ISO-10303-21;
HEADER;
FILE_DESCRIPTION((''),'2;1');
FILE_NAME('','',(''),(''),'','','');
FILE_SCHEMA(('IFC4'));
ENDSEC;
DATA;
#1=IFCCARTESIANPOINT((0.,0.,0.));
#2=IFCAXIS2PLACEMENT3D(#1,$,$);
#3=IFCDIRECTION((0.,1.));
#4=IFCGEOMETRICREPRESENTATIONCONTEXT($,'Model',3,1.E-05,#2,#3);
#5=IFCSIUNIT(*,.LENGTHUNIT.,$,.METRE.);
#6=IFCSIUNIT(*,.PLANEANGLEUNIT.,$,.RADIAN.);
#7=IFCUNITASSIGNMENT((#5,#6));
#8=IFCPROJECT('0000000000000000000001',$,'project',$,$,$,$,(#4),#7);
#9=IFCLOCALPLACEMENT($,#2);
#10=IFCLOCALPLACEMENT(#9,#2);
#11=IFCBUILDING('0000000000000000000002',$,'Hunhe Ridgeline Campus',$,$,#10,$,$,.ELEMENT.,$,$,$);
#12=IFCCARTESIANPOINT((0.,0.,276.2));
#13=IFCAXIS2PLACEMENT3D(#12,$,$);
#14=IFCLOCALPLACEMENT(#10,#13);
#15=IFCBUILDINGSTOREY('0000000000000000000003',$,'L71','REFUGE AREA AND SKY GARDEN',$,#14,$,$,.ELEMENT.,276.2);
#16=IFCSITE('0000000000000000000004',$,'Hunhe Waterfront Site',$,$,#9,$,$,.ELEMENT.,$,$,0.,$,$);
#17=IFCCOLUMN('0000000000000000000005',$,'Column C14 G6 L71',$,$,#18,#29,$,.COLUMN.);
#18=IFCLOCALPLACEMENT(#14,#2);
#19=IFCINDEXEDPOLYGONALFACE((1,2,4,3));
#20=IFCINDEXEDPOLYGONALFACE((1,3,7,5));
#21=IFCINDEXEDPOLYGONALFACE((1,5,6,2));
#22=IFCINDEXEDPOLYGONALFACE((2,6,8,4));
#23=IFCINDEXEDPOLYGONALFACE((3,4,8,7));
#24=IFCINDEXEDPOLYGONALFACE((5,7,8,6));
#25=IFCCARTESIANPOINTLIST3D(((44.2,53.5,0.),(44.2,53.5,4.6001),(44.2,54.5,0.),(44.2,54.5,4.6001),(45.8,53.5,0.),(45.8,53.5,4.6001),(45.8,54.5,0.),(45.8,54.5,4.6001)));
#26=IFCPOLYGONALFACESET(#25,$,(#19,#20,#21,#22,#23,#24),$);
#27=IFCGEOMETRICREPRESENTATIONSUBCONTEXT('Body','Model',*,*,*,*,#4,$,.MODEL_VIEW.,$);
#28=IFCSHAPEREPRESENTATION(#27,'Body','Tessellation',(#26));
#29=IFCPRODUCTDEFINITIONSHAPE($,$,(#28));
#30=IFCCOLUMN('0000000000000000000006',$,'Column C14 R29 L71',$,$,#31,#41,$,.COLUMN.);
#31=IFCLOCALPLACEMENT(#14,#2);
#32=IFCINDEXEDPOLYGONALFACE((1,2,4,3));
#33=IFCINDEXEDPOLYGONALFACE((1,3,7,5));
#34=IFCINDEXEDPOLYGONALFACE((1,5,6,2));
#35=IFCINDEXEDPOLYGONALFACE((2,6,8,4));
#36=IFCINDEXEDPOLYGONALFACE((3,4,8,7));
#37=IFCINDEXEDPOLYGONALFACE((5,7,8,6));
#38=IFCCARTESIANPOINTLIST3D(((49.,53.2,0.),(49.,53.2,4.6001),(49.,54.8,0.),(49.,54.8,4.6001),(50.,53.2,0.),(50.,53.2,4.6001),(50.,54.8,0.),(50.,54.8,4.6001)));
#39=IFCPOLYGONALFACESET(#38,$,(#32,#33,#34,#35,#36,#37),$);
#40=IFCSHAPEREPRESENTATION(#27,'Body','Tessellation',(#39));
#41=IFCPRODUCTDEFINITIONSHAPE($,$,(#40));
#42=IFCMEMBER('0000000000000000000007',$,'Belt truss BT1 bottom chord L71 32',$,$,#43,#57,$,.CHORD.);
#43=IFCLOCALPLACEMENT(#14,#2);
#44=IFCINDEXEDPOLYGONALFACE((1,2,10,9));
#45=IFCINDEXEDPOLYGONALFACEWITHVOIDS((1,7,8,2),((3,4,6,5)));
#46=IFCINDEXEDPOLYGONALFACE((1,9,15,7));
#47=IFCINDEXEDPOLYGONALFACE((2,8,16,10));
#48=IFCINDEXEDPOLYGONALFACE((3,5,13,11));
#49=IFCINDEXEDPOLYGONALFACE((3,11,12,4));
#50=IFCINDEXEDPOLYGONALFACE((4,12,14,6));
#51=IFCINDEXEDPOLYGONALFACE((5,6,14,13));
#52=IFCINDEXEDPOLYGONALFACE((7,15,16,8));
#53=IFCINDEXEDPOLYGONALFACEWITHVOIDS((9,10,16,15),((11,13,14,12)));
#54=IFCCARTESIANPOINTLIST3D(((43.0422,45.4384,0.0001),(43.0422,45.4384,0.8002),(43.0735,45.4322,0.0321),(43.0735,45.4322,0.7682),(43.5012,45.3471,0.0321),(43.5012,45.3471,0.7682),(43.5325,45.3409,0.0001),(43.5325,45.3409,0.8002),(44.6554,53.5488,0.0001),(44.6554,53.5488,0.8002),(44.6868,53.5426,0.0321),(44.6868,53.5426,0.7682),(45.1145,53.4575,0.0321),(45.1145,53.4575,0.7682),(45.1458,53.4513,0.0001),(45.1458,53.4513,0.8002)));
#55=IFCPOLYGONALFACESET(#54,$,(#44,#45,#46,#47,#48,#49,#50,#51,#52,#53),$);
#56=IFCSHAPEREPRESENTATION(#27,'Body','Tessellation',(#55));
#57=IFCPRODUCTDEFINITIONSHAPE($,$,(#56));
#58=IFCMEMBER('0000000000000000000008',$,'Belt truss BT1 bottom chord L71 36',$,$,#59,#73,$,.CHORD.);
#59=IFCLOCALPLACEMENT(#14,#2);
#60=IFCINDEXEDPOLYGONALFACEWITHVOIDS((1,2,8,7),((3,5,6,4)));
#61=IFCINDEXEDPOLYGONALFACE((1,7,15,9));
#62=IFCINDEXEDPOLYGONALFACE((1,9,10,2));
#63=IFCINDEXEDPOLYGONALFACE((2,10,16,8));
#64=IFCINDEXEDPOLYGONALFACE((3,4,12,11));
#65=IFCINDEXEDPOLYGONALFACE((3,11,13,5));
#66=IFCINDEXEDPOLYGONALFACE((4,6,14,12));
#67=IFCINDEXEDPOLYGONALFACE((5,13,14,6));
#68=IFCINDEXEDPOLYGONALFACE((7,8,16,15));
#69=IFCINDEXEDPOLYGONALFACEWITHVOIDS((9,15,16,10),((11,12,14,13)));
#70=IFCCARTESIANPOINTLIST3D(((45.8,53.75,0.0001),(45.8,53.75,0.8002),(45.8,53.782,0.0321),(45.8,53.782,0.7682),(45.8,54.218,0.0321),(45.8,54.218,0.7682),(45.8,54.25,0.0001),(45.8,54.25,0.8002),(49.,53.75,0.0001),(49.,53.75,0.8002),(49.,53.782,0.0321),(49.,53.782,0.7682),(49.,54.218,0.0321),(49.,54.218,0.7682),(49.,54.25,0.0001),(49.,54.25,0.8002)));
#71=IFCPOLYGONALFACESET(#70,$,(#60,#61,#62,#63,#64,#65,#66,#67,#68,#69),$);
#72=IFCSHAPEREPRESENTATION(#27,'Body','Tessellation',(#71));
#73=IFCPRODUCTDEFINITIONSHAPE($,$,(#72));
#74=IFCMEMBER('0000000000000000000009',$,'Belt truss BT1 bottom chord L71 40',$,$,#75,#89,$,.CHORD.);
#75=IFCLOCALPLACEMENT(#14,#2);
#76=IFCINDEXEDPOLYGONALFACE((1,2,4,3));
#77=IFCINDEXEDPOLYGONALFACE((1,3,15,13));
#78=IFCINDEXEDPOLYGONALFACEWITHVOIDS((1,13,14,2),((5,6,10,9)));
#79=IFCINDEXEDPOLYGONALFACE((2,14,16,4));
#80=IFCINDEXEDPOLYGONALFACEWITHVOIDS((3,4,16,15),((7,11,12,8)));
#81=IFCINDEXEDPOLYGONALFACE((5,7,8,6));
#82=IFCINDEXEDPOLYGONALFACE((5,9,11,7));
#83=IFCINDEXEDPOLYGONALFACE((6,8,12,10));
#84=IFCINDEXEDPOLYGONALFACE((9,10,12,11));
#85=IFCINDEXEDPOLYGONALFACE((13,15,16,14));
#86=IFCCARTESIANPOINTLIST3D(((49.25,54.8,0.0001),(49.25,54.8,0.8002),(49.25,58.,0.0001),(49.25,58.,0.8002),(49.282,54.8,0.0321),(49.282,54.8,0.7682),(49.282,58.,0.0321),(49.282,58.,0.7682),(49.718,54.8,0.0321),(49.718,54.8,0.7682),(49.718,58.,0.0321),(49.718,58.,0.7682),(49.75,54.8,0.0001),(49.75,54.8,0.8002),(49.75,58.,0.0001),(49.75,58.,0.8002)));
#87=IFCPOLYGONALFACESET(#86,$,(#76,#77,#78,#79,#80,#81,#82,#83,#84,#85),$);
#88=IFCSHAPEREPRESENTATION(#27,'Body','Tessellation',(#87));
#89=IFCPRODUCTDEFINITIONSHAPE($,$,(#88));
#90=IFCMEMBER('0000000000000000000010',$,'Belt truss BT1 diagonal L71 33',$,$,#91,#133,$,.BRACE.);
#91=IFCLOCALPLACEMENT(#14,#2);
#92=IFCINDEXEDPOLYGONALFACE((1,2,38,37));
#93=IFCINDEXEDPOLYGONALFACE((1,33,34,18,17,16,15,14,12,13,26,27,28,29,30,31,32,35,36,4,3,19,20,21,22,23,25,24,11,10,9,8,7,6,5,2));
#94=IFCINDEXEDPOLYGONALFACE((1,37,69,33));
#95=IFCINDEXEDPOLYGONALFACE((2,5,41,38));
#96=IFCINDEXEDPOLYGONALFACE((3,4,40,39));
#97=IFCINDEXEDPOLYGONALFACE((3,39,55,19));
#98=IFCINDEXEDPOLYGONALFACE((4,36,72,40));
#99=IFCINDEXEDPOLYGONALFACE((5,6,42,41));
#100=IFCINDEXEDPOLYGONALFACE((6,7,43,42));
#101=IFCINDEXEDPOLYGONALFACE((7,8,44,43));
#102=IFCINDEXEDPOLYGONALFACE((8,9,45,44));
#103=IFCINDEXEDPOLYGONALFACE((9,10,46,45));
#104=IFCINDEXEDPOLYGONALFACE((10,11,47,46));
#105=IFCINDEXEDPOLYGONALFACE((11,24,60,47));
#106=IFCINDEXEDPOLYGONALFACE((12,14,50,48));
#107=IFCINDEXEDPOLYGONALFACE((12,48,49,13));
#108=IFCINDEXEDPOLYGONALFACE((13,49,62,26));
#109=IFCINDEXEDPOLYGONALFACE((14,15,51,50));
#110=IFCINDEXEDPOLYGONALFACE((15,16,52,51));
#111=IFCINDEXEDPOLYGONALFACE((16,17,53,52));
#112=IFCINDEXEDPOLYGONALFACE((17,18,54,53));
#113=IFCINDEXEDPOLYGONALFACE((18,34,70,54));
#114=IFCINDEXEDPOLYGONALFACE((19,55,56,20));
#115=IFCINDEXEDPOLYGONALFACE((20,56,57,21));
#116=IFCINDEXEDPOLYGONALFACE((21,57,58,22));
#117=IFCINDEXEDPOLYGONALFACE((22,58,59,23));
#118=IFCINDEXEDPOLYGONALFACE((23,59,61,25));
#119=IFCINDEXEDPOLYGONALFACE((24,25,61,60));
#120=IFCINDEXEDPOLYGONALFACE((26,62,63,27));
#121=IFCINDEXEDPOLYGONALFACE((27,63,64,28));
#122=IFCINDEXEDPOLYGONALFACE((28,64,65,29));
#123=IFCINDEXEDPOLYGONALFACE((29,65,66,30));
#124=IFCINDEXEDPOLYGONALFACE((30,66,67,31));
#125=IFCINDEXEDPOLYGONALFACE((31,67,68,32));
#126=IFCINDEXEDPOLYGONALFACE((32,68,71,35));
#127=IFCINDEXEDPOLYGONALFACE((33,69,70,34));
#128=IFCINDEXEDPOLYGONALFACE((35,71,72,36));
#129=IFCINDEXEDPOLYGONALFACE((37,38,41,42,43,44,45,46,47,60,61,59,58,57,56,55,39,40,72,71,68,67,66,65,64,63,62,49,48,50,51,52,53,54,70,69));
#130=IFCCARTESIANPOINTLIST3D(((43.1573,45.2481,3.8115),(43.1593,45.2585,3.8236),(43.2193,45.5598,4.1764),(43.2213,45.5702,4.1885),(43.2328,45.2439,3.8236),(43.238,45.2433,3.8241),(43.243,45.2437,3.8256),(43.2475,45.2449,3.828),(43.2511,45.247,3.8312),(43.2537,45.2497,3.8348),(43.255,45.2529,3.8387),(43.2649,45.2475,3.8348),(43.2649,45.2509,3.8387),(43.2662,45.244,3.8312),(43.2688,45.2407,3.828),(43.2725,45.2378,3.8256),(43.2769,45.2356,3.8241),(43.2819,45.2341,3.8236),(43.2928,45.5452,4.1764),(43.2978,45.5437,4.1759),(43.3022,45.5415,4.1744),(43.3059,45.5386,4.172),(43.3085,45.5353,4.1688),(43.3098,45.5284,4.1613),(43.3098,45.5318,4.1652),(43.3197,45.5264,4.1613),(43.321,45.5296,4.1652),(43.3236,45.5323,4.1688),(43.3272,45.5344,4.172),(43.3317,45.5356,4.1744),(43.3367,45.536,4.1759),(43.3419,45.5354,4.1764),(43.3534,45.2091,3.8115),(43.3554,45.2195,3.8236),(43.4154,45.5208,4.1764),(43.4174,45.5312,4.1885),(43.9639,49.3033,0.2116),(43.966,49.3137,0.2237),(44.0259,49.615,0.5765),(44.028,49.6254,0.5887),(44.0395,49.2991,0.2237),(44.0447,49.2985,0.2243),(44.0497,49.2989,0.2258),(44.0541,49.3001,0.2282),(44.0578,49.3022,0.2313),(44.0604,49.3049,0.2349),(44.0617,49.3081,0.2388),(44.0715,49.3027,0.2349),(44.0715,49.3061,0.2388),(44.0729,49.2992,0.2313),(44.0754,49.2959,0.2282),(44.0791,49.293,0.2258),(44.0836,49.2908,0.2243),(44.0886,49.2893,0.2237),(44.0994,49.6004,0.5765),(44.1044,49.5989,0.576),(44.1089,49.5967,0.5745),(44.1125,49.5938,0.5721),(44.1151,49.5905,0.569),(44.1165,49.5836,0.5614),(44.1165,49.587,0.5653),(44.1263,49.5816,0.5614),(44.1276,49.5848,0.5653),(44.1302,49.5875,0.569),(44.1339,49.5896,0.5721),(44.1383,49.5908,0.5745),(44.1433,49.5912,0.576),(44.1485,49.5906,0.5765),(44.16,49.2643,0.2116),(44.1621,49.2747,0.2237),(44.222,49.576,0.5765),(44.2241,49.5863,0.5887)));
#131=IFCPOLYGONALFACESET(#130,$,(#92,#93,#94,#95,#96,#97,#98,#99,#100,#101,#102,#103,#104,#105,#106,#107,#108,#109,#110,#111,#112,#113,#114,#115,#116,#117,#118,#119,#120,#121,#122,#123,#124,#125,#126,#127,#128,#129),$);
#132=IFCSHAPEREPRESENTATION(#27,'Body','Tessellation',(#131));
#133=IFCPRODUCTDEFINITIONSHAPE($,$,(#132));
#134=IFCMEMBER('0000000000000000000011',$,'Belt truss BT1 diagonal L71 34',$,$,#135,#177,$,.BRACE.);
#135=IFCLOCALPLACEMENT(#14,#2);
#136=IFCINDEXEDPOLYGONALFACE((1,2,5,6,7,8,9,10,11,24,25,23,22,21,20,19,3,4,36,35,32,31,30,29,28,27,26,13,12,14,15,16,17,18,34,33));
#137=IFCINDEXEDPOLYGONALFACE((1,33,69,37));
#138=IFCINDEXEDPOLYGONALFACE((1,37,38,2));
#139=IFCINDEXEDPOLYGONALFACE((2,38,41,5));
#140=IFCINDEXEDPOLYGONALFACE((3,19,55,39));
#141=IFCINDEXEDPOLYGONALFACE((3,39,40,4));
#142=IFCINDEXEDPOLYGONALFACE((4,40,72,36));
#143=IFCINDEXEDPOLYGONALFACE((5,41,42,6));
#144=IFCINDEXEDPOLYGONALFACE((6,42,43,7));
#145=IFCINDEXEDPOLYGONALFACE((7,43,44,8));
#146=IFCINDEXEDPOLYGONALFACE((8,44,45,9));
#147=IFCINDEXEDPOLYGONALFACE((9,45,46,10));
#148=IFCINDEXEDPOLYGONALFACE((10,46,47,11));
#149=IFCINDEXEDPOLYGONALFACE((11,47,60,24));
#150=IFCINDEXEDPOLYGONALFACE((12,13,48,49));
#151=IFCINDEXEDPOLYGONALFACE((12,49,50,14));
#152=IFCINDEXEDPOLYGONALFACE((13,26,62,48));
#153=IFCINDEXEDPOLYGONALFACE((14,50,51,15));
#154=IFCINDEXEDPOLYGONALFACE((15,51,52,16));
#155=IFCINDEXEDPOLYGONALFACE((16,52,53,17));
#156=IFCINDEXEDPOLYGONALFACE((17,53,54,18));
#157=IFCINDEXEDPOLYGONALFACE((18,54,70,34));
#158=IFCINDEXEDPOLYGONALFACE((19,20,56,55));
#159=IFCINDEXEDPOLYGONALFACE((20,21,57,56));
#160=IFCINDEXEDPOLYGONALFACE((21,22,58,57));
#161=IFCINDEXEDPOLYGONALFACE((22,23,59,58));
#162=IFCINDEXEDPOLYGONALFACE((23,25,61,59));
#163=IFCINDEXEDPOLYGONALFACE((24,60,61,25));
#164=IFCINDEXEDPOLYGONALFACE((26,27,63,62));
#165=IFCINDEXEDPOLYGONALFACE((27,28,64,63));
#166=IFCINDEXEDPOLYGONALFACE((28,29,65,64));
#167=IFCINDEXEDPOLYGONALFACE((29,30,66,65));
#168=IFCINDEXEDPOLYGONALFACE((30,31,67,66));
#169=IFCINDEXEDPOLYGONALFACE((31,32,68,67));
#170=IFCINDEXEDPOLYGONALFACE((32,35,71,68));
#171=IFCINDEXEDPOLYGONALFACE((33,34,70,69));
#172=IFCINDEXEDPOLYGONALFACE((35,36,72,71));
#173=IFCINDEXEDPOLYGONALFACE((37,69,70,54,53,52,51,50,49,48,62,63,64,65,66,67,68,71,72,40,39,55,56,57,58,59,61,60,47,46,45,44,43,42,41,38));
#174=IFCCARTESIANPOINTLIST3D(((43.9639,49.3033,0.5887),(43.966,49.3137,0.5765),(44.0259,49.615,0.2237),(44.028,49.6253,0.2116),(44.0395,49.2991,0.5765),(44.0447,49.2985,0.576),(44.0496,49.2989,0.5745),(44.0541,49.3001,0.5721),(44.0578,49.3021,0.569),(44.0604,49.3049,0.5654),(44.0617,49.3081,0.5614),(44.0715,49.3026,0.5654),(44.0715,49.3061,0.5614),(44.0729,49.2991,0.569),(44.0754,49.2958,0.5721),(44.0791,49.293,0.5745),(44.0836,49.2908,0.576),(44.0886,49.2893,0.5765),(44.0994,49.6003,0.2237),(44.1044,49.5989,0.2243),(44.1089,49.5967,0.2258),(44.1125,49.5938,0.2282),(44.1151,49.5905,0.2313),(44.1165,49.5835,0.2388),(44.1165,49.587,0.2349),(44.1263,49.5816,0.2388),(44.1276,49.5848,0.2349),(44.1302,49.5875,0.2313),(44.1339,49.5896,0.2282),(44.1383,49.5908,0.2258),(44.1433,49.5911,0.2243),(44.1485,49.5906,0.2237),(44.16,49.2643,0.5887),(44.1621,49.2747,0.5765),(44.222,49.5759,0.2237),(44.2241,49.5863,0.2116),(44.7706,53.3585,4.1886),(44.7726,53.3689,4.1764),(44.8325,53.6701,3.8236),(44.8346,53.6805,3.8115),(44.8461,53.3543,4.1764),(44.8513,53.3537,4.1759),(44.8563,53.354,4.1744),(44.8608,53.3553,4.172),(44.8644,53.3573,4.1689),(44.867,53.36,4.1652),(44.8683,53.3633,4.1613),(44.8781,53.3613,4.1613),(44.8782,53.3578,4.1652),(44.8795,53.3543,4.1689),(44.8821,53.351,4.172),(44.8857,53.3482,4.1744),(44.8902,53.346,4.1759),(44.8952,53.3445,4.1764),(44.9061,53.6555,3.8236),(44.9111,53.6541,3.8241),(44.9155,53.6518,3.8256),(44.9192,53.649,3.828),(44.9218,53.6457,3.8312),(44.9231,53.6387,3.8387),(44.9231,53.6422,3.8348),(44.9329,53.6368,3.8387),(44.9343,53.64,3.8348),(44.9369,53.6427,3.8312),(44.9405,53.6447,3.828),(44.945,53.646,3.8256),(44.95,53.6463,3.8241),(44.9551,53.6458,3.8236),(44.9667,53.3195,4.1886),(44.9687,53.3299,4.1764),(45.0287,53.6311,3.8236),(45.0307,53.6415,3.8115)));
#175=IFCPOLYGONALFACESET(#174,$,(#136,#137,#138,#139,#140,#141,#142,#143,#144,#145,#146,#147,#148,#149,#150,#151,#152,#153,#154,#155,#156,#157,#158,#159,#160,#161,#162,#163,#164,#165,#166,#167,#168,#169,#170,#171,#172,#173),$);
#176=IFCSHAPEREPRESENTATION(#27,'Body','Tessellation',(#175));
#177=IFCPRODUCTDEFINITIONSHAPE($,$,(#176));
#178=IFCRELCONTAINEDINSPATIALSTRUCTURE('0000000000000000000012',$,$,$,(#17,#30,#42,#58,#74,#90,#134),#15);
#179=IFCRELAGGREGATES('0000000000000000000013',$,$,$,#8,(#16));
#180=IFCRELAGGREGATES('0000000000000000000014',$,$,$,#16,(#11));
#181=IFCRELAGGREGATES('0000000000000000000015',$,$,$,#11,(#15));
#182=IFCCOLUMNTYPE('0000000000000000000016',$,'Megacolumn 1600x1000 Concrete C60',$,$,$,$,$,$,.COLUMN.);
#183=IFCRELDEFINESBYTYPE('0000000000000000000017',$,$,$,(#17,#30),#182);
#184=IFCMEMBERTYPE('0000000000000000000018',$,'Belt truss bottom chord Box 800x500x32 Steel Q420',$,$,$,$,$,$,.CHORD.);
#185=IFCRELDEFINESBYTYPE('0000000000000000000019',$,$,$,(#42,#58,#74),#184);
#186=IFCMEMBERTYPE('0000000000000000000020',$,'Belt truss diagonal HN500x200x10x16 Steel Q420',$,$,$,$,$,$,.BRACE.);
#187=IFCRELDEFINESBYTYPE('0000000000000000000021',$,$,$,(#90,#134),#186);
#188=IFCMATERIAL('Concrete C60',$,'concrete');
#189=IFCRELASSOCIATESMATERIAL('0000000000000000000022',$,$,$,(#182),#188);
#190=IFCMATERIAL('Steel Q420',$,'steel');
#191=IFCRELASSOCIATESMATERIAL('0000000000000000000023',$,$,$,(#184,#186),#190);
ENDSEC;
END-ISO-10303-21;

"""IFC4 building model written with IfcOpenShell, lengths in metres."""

from ifc_helpers import new_model, si_unit, direction, frame, origin, origin_2d, place, context, subcontext, project, spatial, rectangle, hollow_rectangle, i_section, extrude, material, material_profile, profile_set, type_object, element, save


model = new_model("IFC4")

# Units and contexts
model_context = context("Model", 3, precision=1e-05, world=origin(), true_north=direction((0.0, 1.0)))
body_context = subcontext(model_context, "Body", "Model", "MODEL_VIEW")
ifc_project = project(units=[si_unit("LENGTHUNIT", "METRE"), si_unit("PLANEANGLEUNIT", "RADIAN")], contexts=[model_context])

# Site, building, storey
site_placement = place(None, origin())
site = spatial("IfcSite", under=ifc_project, at=site_placement, Name="Hunhe Waterfront Site", CompositionType="ELEMENT", RefElevation=0.0)
building_placement = place(site_placement, origin())
building = spatial("IfcBuilding", under=site, at=building_placement, Name="Hunhe Ridgeline Campus", CompositionType="ELEMENT")
storey_placement = place(building_placement, frame((0.0, 0.0, 276.2)))
storey = spatial("IfcBuildingStorey", under=building, at=storey_placement, Name="L71", Description="REFUGE AREA AND SKY GARDEN", CompositionType="ELEMENT", Elevation=276.2)

# Columns
ifc_material_1 = material(Name="Concrete C60", Category="concrete")
ifc_material_profile_1 = material_profile(ifc_material_1, rectangle(XDim=1.6001, YDim=1.0, at=origin_2d()))
ifc_profile_set_1 = profile_set([ifc_material_profile_1], Name="Concrete C60")
column_type = type_object("IfcColumnType", Name="Megacolumn 1600x1000 Concrete C60", PredefinedType="COLUMN", material=ifc_profile_set_1)
for number, where, z_axis, x_axis, name in (
    (1, (45.0, 54.0, 0.0), (0.0, 0.0, 1.0), (1.0, 0.0, 0.0), "Column C14 G6 L71"),
    (2, (49.5, 54.0, 0.0), (0.0, 0.0, 1.0), (0.0, 1.0, 0.0), "Column C14 R29 L71"),
):
    element("IfcColumn", number, at=place(storey_placement, frame(where, z_axis=z_axis, x_axis=x_axis)), inside=storey, type_object=column_type, Name=name, PredefinedType="COLUMN", context=body_context, shape_type="SweptSolid", body=[
        extrude(rectangle(XDim=1.6001, YDim=1.0, at=origin_2d()), origin(), (0.0, 0.0, 1.0), 4.6001),
    ])

# Members
ifc_material_2 = material(Name="Steel Q420", Category="steel")
ifc_material_profile_2 = material_profile(ifc_material_2, hollow_rectangle(XDim=0.5, YDim=0.8, WallThickness=0.032, at=origin_2d()))
ifc_profile_set_2 = profile_set([ifc_material_profile_2], Name="Steel Q420")
member_type_1 = type_object("IfcMemberType", Name="Belt truss bottom chord Box 800x500x32 Steel Q420", PredefinedType="CHORD", material=ifc_profile_set_2)
member_1_placement = place(storey_placement, frame((43.2874, 45.3896, 0.4001), z_axis=(0.195094, 0.980785, 0.0), x_axis=(-0.980785, 0.195094, 0.0)))
element("IfcMember", 3, at=member_1_placement, inside=storey, type_object=member_type_1, Name="Belt truss BT1 bottom chord L71 32", PredefinedType="CHORD", context=body_context, shape_type="SweptSolid", body=[
    extrude(hollow_rectangle(XDim=0.5, YDim=0.8, WallThickness=0.032, at=origin_2d()), origin(), (0.0, 0.0, 1.0), 8.2693),
])
for number, where, z_axis, x_axis, name in (
    (4, (45.8, 54.0, 0.4001), (1.0, 0.0, 0.0), (0.0, 1.0, 0.0), "Belt truss BT1 bottom chord L71 36"),
    (5, (49.5, 54.8, 0.4001), (0.0, 1.0, 0.0), (-1.0, 0.0, 0.0), "Belt truss BT1 bottom chord L71 40"),
):
    element("IfcMember", number, at=place(storey_placement, frame(where, z_axis=z_axis, x_axis=x_axis)), inside=storey, type_object=member_type_1, Name=name, PredefinedType="CHORD", context=body_context, shape_type="SweptSolid", body=[
        extrude(hollow_rectangle(XDim=0.5, YDim=0.8, WallThickness=0.032, at=origin_2d()), origin(), (0.0, 0.0, 1.0), 3.2),
    ])
ifc_material_profile_3 = material_profile(ifc_material_2, i_section(OverallWidth=0.2, OverallDepth=0.5, WebThickness=0.01, FlangeThickness=0.0161, FilletRadius=0.02, at=origin_2d()))
ifc_profile_set_3 = profile_set([ifc_material_profile_3], Name="Steel Q420")
member_type_2 = type_object("IfcMemberType", Name="Belt truss diagonal HN500x200x10x16 Steel Q420", PredefinedType="BRACE", material=ifc_profile_set_3)
for number, where, z_axis, x_axis, name in (
    (6, (43.2874, 45.3896, 4.0), (0.147139, 0.739704, -0.656649), (-0.980785, 0.195094, 0.0), "Belt truss BT1 diagonal L71 33"),
    (7, (44.094, 49.4448, 0.4001), (0.147139, 0.739704, 0.656649), (-0.980785, 0.195094, 0.0), "Belt truss BT1 diagonal L71 34"),
):
    element("IfcMember", number, at=place(storey_placement, frame(where, z_axis=z_axis, x_axis=x_axis)), inside=storey, type_object=member_type_2, Name=name, PredefinedType="BRACE", context=body_context, shape_type="SweptSolid", body=[
        extrude(i_section(OverallWidth=0.2, OverallDepth=0.5, WebThickness=0.01, FlangeThickness=0.0161, FilletRadius=0.02, at=origin_2d()), origin(), (0.0, 0.0, 1.0), 5.4822),
    ])

save(model, "model.ifc")
